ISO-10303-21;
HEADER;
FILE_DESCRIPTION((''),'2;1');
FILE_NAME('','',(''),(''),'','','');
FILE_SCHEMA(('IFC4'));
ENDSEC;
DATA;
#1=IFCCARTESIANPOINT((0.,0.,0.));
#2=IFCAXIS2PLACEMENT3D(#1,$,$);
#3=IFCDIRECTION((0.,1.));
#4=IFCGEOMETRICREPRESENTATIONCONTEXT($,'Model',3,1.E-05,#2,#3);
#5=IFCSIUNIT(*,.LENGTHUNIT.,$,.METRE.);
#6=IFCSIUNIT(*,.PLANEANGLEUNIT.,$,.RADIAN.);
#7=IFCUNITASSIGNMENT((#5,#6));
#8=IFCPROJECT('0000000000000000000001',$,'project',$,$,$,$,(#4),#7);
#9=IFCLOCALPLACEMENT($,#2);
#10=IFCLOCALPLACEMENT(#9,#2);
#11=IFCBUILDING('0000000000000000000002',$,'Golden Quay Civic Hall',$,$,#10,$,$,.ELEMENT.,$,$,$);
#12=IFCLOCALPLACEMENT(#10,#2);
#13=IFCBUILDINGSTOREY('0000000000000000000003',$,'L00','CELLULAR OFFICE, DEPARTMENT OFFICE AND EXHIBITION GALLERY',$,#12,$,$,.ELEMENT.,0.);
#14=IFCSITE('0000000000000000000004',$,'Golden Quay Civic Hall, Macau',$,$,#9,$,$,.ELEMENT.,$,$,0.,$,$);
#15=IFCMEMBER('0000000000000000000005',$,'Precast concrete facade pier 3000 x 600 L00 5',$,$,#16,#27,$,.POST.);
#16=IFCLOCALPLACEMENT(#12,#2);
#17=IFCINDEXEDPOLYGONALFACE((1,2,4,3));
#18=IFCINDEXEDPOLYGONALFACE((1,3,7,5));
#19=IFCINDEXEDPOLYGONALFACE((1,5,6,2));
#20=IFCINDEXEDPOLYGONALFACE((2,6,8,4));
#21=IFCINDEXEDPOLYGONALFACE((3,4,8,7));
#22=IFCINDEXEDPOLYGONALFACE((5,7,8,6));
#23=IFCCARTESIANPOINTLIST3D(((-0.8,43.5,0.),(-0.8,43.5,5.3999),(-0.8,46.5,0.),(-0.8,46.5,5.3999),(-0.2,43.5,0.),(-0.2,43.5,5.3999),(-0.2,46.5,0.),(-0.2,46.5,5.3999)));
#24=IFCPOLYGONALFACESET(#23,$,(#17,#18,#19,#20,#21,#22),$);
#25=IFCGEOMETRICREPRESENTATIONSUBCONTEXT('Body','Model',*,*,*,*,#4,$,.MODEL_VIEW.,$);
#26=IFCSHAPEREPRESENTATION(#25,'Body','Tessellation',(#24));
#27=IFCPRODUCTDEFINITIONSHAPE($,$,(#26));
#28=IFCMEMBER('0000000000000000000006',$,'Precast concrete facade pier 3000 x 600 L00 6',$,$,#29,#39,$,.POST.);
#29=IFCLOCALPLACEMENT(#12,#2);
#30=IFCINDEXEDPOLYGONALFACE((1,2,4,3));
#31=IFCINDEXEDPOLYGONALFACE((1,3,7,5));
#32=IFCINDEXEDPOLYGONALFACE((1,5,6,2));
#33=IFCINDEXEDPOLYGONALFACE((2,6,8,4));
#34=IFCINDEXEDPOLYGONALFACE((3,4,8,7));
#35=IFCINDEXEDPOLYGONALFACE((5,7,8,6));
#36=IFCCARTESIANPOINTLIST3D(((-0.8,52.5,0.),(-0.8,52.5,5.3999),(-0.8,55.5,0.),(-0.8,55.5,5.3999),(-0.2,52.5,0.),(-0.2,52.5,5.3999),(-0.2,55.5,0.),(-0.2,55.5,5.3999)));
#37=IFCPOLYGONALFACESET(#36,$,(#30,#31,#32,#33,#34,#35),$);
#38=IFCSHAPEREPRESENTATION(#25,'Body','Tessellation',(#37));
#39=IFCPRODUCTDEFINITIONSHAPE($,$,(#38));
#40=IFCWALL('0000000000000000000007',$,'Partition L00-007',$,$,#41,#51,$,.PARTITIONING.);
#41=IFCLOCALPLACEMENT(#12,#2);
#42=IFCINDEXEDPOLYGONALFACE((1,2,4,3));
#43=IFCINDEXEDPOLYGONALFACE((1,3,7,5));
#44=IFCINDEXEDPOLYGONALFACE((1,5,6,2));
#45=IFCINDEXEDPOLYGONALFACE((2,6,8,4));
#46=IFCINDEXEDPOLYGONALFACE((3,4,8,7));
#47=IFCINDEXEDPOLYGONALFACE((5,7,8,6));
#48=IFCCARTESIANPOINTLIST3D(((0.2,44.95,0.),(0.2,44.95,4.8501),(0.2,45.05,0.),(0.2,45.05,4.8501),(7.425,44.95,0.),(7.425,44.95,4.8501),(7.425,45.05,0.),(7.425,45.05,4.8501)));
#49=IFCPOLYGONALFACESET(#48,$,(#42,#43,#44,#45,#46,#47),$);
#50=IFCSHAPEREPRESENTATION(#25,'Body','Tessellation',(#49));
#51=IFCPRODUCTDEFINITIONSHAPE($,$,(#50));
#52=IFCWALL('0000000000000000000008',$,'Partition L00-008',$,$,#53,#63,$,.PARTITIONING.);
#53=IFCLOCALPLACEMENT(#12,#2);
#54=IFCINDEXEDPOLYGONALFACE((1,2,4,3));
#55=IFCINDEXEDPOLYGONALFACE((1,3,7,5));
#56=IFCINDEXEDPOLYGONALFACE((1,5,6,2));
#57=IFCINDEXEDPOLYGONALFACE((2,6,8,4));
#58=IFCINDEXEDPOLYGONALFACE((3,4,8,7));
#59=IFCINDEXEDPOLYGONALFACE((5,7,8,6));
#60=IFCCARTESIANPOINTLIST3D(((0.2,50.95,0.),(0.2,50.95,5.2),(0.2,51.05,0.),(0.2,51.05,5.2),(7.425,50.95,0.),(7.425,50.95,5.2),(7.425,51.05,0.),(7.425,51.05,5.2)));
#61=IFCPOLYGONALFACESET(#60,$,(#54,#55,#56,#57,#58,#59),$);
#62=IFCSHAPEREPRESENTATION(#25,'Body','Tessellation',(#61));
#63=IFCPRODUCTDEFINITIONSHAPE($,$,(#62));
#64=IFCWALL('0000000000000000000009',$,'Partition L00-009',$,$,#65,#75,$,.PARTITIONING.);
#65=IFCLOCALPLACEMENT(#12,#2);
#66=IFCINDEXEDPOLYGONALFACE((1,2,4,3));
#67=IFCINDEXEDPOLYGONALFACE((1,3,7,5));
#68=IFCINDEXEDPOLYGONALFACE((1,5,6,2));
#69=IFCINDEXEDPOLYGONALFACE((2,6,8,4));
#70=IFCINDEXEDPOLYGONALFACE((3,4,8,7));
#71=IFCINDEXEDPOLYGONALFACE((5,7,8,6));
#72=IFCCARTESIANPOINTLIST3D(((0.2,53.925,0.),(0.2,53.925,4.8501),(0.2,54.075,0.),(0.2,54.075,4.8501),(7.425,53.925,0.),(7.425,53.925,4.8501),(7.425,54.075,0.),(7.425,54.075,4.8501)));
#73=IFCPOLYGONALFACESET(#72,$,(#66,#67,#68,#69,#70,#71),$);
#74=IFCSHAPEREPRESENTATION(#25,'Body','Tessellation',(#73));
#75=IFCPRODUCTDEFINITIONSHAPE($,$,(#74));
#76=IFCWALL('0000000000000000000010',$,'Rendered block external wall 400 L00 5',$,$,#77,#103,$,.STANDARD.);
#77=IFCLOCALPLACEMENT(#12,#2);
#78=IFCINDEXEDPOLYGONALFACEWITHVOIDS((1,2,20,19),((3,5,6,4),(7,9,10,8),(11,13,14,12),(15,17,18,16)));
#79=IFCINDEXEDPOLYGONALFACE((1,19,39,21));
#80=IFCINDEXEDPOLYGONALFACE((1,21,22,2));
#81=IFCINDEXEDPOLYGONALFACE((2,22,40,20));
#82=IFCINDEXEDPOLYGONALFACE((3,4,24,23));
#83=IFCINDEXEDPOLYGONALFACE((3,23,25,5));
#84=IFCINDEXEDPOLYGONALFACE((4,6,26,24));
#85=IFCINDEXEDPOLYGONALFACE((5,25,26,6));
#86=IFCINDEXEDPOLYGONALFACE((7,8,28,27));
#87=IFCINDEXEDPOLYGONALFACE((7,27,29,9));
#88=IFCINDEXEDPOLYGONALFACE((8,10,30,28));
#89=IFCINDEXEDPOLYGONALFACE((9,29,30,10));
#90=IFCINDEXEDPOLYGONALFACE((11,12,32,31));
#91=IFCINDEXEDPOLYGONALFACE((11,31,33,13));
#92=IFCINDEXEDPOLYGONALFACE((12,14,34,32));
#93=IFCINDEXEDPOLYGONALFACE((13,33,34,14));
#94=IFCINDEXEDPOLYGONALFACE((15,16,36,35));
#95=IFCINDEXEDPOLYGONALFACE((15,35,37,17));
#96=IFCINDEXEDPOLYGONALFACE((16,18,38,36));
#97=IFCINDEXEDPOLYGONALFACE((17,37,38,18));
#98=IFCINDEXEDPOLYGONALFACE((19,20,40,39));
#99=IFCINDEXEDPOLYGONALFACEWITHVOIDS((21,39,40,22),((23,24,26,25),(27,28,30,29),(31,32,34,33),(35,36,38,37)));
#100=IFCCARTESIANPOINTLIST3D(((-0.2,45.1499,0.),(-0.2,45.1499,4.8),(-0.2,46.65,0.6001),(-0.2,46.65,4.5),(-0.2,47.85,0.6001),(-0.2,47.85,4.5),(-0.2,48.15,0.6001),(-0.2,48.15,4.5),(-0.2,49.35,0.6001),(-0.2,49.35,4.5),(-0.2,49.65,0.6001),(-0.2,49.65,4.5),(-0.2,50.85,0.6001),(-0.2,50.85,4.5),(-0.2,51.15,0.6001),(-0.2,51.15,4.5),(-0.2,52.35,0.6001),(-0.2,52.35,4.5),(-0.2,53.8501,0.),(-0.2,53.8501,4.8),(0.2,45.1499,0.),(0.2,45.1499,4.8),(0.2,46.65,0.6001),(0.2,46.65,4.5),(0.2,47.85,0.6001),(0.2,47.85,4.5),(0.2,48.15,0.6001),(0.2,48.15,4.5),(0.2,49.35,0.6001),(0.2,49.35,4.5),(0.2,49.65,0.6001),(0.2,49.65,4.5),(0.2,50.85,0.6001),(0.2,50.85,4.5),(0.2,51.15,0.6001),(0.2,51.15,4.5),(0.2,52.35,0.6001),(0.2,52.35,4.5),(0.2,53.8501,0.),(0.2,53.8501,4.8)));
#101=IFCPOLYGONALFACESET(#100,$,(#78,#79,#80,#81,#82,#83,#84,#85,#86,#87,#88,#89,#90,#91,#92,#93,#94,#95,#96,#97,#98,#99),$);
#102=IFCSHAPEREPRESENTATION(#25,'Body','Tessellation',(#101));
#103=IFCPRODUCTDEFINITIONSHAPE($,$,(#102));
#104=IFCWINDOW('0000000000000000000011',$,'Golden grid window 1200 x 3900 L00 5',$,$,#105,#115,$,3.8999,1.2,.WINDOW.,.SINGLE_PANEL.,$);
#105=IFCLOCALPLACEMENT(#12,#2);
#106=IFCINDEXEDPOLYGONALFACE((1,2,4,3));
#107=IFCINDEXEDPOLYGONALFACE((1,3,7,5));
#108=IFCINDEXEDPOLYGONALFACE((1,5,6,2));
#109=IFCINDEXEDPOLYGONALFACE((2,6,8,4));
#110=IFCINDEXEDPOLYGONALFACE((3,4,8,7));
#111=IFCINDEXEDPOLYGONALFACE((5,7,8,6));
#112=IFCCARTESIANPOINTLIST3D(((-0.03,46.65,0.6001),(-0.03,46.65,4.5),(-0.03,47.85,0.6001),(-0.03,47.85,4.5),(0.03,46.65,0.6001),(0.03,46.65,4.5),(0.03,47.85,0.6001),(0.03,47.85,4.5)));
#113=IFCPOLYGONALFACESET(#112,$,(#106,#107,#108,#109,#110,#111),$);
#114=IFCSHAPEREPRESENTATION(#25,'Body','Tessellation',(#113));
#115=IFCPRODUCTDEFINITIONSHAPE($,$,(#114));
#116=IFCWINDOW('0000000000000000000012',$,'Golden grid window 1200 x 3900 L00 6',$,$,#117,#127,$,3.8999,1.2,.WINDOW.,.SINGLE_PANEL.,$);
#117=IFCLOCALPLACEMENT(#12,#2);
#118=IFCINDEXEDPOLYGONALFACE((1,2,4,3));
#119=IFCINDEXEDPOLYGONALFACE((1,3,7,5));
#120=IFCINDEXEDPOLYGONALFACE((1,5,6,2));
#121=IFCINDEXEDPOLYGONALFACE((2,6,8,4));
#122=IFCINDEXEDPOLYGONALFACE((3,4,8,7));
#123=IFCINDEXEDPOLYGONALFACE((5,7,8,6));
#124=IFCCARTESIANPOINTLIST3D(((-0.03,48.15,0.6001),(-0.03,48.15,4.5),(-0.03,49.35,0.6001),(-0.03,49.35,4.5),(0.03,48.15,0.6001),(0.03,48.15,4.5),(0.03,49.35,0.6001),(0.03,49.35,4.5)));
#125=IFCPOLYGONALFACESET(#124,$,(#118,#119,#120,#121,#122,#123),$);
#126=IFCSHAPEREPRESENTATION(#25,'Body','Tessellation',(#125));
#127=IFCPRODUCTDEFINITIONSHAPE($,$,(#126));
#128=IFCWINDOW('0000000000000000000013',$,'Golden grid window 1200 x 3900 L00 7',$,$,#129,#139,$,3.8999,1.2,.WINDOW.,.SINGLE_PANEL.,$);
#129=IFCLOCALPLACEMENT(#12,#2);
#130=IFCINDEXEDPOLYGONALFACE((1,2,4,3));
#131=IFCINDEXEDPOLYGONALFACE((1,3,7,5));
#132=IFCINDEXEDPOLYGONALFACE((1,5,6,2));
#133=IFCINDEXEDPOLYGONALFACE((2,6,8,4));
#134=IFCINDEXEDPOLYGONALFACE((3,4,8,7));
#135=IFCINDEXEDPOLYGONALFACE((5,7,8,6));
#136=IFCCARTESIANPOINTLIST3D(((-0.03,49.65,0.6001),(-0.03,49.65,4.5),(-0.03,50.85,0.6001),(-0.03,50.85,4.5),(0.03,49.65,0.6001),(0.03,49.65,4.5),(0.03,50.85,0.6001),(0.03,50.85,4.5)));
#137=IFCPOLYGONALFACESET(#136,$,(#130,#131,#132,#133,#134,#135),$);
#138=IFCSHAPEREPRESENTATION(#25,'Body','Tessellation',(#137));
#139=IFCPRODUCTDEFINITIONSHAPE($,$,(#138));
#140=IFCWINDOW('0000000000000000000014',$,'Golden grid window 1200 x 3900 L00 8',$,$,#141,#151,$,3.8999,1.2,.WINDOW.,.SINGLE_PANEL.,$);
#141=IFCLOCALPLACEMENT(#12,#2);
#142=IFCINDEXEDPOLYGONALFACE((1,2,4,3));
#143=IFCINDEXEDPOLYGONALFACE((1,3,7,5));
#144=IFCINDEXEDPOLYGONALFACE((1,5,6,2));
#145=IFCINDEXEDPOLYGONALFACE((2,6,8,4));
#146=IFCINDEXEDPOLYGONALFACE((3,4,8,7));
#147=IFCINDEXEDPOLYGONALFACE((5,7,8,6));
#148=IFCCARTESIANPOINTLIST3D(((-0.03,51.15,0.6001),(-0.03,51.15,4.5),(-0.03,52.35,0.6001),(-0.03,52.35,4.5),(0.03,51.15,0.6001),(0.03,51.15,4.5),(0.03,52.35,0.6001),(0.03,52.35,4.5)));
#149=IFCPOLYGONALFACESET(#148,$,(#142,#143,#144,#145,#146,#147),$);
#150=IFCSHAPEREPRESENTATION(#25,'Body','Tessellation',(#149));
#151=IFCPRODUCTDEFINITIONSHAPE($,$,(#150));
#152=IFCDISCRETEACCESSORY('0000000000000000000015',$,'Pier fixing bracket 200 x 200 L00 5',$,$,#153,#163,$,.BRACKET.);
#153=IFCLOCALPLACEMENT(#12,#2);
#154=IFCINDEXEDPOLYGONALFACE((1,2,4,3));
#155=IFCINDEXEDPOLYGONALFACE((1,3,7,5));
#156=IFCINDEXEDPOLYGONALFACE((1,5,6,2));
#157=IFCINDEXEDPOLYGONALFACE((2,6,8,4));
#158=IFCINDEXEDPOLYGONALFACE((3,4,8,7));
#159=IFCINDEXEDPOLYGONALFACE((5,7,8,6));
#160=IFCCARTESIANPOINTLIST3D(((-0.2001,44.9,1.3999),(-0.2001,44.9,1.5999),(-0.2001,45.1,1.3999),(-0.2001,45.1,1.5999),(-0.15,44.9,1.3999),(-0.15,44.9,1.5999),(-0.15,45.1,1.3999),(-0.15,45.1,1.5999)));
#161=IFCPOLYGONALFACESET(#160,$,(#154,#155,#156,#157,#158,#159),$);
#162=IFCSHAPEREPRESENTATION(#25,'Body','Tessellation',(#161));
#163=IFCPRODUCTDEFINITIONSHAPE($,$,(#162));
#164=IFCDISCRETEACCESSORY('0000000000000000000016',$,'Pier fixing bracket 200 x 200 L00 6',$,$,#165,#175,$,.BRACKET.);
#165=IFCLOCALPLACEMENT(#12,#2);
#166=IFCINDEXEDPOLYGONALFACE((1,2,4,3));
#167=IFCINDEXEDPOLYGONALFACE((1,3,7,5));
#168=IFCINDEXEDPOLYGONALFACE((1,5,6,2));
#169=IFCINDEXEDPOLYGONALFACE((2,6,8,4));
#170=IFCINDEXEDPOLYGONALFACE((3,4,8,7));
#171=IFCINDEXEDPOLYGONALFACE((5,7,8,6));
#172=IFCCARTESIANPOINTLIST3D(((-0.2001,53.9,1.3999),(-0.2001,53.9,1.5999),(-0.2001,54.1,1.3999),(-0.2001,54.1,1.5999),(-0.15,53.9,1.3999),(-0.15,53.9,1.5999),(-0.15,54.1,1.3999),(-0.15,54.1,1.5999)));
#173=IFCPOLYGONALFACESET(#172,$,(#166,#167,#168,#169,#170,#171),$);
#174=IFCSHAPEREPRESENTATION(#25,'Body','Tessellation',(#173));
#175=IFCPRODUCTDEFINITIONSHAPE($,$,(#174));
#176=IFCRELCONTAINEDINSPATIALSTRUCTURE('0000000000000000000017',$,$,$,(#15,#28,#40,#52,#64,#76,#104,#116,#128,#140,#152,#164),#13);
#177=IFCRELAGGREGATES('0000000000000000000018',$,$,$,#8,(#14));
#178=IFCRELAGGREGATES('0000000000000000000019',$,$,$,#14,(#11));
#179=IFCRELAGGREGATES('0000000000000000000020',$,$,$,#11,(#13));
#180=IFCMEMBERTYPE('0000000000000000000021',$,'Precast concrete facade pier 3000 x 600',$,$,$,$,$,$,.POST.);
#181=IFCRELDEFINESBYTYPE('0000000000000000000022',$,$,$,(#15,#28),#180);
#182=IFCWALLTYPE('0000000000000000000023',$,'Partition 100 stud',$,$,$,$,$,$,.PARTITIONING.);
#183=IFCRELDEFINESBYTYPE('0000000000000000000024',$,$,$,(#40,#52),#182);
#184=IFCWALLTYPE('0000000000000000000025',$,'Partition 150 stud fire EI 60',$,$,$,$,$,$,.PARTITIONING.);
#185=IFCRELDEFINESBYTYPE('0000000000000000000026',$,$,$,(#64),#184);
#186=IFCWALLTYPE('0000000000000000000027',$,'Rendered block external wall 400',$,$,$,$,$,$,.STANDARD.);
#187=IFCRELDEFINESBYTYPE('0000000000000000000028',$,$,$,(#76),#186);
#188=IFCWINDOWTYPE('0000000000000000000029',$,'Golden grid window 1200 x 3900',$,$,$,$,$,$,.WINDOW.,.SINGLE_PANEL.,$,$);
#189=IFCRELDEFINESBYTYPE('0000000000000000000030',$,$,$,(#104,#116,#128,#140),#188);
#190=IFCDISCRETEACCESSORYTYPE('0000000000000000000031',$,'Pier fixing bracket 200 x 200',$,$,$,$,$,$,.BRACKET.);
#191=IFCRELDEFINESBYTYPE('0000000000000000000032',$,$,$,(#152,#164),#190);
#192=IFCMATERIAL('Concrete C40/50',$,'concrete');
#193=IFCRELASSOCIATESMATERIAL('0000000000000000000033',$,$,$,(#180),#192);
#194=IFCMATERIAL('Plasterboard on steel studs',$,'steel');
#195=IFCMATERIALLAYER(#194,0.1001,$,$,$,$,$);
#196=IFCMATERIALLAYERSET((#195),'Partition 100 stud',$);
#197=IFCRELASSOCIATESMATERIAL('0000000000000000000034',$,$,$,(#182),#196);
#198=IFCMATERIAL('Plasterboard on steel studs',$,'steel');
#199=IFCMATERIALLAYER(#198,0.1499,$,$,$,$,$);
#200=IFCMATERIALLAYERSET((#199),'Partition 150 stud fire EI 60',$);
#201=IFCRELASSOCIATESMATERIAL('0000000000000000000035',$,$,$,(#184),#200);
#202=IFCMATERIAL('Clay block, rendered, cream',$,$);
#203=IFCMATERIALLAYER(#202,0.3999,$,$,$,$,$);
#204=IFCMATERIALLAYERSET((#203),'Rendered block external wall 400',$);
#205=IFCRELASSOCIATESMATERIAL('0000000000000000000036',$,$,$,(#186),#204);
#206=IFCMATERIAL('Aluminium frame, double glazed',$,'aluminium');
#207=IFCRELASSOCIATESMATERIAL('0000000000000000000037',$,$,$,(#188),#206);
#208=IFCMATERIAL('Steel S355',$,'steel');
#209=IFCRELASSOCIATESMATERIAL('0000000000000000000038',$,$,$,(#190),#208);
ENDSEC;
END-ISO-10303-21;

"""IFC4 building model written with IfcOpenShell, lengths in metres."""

from ifc_helpers import new_model, si_unit, direction, frame, frame_2d, origin, origin_2d, place, context, subcontext, project, spatial, rectangle, extrude, material, layer, layer_set, material_profile, profile_set, type_object, element, fill, save


model = new_model("IFC4")

# Units and contexts
model_context = context("Model", 3, precision=1e-05, world=origin(), true_north=direction((0.0, 1.0)))
body_context = subcontext(model_context, "Body", "Model", "MODEL_VIEW")
ifc_project = project(units=[si_unit("LENGTHUNIT", "METRE"), si_unit("PLANEANGLEUNIT", "RADIAN")], contexts=[model_context])

# Site, building, storey
site_placement = place(None, origin())
site = spatial("IfcSite", under=ifc_project, at=site_placement, Name="Golden Quay Civic Hall, Macau", CompositionType="ELEMENT", RefElevation=0.0)
building_placement = place(site_placement, origin())
building = spatial("IfcBuilding", under=site, at=building_placement, Name="Golden Quay Civic Hall", CompositionType="ELEMENT")
storey_placement = place(building_placement, origin())
storey = spatial("IfcBuildingStorey", under=building, at=storey_placement, Name="L00", Description="CELLULAR OFFICE, DEPARTMENT OFFICE AND EXHIBITION GALLERY", CompositionType="ELEMENT", Elevation=0.0)

# Members
ifc_material_1 = material(Name="Concrete C40/50", Category="concrete")
ifc_material_profile_1 = material_profile(ifc_material_1, rectangle(XDim=3.0, YDim=0.6001, at=origin_2d()), Name="RC 3000x600")
ifc_profile_set_1 = profile_set([ifc_material_profile_1], Name="Concrete C40/50")
member_type = type_object("IfcMemberType", Name="Precast concrete facade pier 3000 x 600", PredefinedType="POST", material=ifc_profile_set_1)
for number, where, z_axis, x_axis, name in (
    (1, (-0.5, 45.0, 0.0), (0.0, 0.0, 1.0), (0.0, 1.0, 0.0), "Precast concrete facade pier 3000 x 600 L00 5"),
    (2, (-0.5, 54.0, 0.0), (0.0, 0.0, 1.0), (0.0, 1.0, 0.0), "Precast concrete facade pier 3000 x 600 L00 6"),
):
    element("IfcMember", number, at=place(storey_placement, frame(where, z_axis=z_axis, x_axis=x_axis)), inside=storey, type_object=member_type, Name=name, PredefinedType="POST", context=body_context, shape_type="SweptSolid", body=[
        extrude(rectangle(XDim=3.0, YDim=0.6001, at=origin_2d()), origin(), (0.0, 0.0, 1.0), 5.3999),
    ])

# Walls
ifc_material_2 = material(Name="Plasterboard on steel studs", Category="steel")
ifc_layer_1 = layer(ifc_material_2, 0.1001)
ifc_layer_set_1 = layer_set([ifc_layer_1], Name="Partition 100 stud")
wall_type_1 = type_object("IfcWallType", Name="Partition 100 stud", PredefinedType="PARTITIONING", material=ifc_layer_set_1)
wall_1_placement = place(storey_placement, frame((0.2, 45.0, 0.0), z_axis=(0.0, 0.0, 1.0), x_axis=(1.0, 0.0, 0.0)))
element("IfcWall", 3, at=wall_1_placement, inside=storey, type_object=wall_type_1, Name="Partition L00-007", PredefinedType="PARTITIONING", context=body_context, shape_type="SweptSolid", body=[
    extrude(rectangle(XDim=7.2251, YDim=0.1001, at=frame_2d((3.6125, 0.0))), origin(), (0.0, 0.0, 1.0), 4.8501),
])
wall_2_placement = place(storey_placement, frame((0.2, 51.0, 0.0), z_axis=(0.0, 0.0, 1.0), x_axis=(1.0, 0.0, 0.0)))
element("IfcWall", 4, at=wall_2_placement, inside=storey, type_object=wall_type_1, Name="Partition L00-008", PredefinedType="PARTITIONING", context=body_context, shape_type="SweptSolid", body=[
    extrude(rectangle(XDim=7.2251, YDim=0.1001, at=frame_2d((3.6125, 0.0))), origin(), (0.0, 0.0, 1.0), 5.2),
])
ifc_material_3 = material(Name="Plasterboard on steel studs", Category="steel")
ifc_layer_2 = layer(ifc_material_3, 0.1499)
ifc_layer_set_2 = layer_set([ifc_layer_2], Name="Partition 150 stud fire EI 60")
wall_type_2 = type_object("IfcWallType", Name="Partition 150 stud fire EI 60", PredefinedType="PARTITIONING", material=ifc_layer_set_2)
wall_3_placement = place(storey_placement, frame((0.2, 54.0, 0.0), z_axis=(0.0, 0.0, 1.0), x_axis=(1.0, 0.0, 0.0)))
element("IfcWall", 5, at=wall_3_placement, inside=storey, type_object=wall_type_2, Name="Partition L00-009", PredefinedType="PARTITIONING", context=body_context, shape_type="SweptSolid", body=[
    extrude(rectangle(XDim=7.2251, YDim=0.1499, at=frame_2d((3.6125, 0.0))), origin(), (0.0, 0.0, 1.0), 4.8501),
])

# Wall, openings, windows
ifc_material_4 = material(Name="Clay block, rendered, cream")
ifc_layer_3 = layer(ifc_material_4, 0.3999)
ifc_layer_set_3 = layer_set([ifc_layer_3], Name="Rendered block external wall 400")
wall_type_3 = type_object("IfcWallType", Name="Rendered block external wall 400", PredefinedType="STANDARD", material=ifc_layer_set_3)
wall_4_placement = place(storey_placement, frame((0.0, 45.1499, 0.0), z_axis=(0.0, 0.0, 1.0), x_axis=(0.0, 1.0, 0.0)))
wall_4 = element("IfcWall", 6, at=wall_4_placement, inside=storey, type_object=wall_type_3, Name="Rendered block external wall 400 L00 5", PredefinedType="STANDARD", context=body_context, shape_type="SweptSolid", body=[
    extrude(rectangle(XDim=8.7002, YDim=0.3999, at=frame_2d((4.3501, 0.0))), origin(), (0.0, 0.0, 1.0), 4.8),
])
opening_1_placement = place(wall_4_placement, frame((1.5, 0.0, 0.6001)))
opening_1 = element("IfcOpeningElement", 7, at=opening_1_placement, cuts=wall_4, PredefinedType="OPENING", context=body_context, shape_type="SweptSolid", body=[
    extrude(rectangle(XDim=1.2, YDim=3.8999, at=frame_2d((0.6001, 1.95))), frame((0.0, 0.21, 0.0), z_axis=(0.0, -1.0, 0.0), x_axis=(1.0, 0.0, 0.0)), (0.0, 0.0, 1.0), 0.4199),
])
opening_2_placement = place(wall_4_placement, frame((3.0, 0.0, 0.6001)))
opening_2 = element("IfcOpeningElement", 8, at=opening_2_placement, cuts=wall_4, PredefinedType="OPENING", context=body_context, shape_type="SweptSolid", body=[
    extrude(rectangle(XDim=1.2, YDim=3.8999, at=frame_2d((0.6001, 1.95))), frame((0.0, 0.21, 0.0), z_axis=(0.0, -1.0, 0.0), x_axis=(1.0, 0.0, 0.0)), (0.0, 0.0, 1.0), 0.4199),
])
opening_3_placement = place(wall_4_placement, frame((4.5, 0.0, 0.6001)))
opening_3 = element("IfcOpeningElement", 9, at=opening_3_placement, cuts=wall_4, PredefinedType="OPENING", context=body_context, shape_type="SweptSolid", body=[
    extrude(rectangle(XDim=1.2, YDim=3.8999, at=frame_2d((0.6001, 1.95))), frame((0.0, 0.21, 0.0), z_axis=(0.0, -1.0, 0.0), x_axis=(1.0, 0.0, 0.0)), (0.0, 0.0, 1.0), 0.4199),
])
opening_4_placement = place(wall_4_placement, frame((6.0, 0.0, 0.6001)))
opening_4 = element("IfcOpeningElement", 10, at=opening_4_placement, cuts=wall_4, PredefinedType="OPENING", context=body_context, shape_type="SweptSolid", body=[
    extrude(rectangle(XDim=1.2, YDim=3.8999, at=frame_2d((0.6001, 1.95))), frame((0.0, 0.21, 0.0), z_axis=(0.0, -1.0, 0.0), x_axis=(1.0, 0.0, 0.0)), (0.0, 0.0, 1.0), 0.4199),
])
ifc_material_5 = material(Name="Aluminium frame, double glazed", Category="aluminium")
window_type = type_object("IfcWindowType", Name="Golden grid window 1200 x 3900", PartitioningType="SINGLE_PANEL", PredefinedType="WINDOW", material=ifc_material_5)
window_1_placement = place(opening_1_placement, origin())
window_1 = element("IfcWindow", 11, at=window_1_placement, inside=storey, type_object=window_type, Name="Golden grid window 1200 x 3900 L00 5", OverallHeight=3.8999, OverallWidth=1.2, PartitioningType="SINGLE_PANEL", PredefinedType="WINDOW", context=body_context, shape_type="SweptSolid", body=[
    extrude(rectangle(XDim=1.2, YDim=3.8999, at=frame_2d((0.6001, 1.95))), frame((0.0, 0.03, 0.0), z_axis=(0.0, -1.0, 0.0), x_axis=(1.0, 0.0, 0.0)), (0.0, 0.0, 1.0), 0.0601),
])
fill(opening_1, window_1)
window_2_placement = place(opening_2_placement, origin())
window_2 = element("IfcWindow", 12, at=window_2_placement, inside=storey, type_object=window_type, Name="Golden grid window 1200 x 3900 L00 6", OverallHeight=3.8999, OverallWidth=1.2, PartitioningType="SINGLE_PANEL", PredefinedType="WINDOW", context=body_context, shape_type="SweptSolid", body=[
    extrude(rectangle(XDim=1.2, YDim=3.8999, at=frame_2d((0.6001, 1.95))), frame((0.0, 0.03, 0.0), z_axis=(0.0, -1.0, 0.0), x_axis=(1.0, 0.0, 0.0)), (0.0, 0.0, 1.0), 0.0601),
])
fill(opening_2, window_2)
window_3_placement = place(opening_3_placement, origin())
window_3 = element("IfcWindow", 13, at=window_3_placement, inside=storey, type_object=window_type, Name="Golden grid window 1200 x 3900 L00 7", OverallHeight=3.8999, OverallWidth=1.2, PartitioningType="SINGLE_PANEL", PredefinedType="WINDOW", context=body_context, shape_type="SweptSolid", body=[
    extrude(rectangle(XDim=1.2, YDim=3.8999, at=frame_2d((0.6001, 1.95))), frame((0.0, 0.03, 0.0), z_axis=(0.0, -1.0, 0.0), x_axis=(1.0, 0.0, 0.0)), (0.0, 0.0, 1.0), 0.0601),
])
fill(opening_3, window_3)
window_4_placement = place(opening_4_placement, origin())
window_4 = element("IfcWindow", 14, at=window_4_placement, inside=storey, type_object=window_type, Name="Golden grid window 1200 x 3900 L00 8", OverallHeight=3.8999, OverallWidth=1.2, PartitioningType="SINGLE_PANEL", PredefinedType="WINDOW", context=body_context, shape_type="SweptSolid", body=[
    extrude(rectangle(XDim=1.2, YDim=3.8999, at=frame_2d((0.6001, 1.95))), frame((0.0, 0.03, 0.0), z_axis=(0.0, -1.0, 0.0), x_axis=(1.0, 0.0, 0.0)), (0.0, 0.0, 1.0), 0.0601),
])
fill(opening_4, window_4)

# Discrete accessories
ifc_material_6 = material(Name="Steel S355", Category="steel")
discrete_accessory_type = type_object("IfcDiscreteAccessoryType", Name="Pier fixing bracket 200 x 200", PredefinedType="BRACKET", material=ifc_material_6)
for number, where, z_axis, x_axis, name in (
    (15, (-0.175, 45.0, 1.3999), (0.0, 0.0, 1.0), (0.0, -1.0, 0.0), "Pier fixing bracket 200 x 200 L00 5"),
    (16, (-0.175, 54.0, 1.3999), (0.0, 0.0, 1.0), (0.0, -1.0, 0.0), "Pier fixing bracket 200 x 200 L00 6"),
):
    element("IfcDiscreteAccessory", number, at=place(storey_placement, frame(where, z_axis=z_axis, x_axis=x_axis)), inside=storey, type_object=discrete_accessory_type, Name=name, PredefinedType="BRACKET", context=body_context, shape_type="SweptSolid", body=[
        extrude(rectangle(XDim=0.2, YDim=0.05, at=origin_2d()), origin(), (0.0, 0.0, 1.0), 0.2),
    ])

save(model, "model.ifc")
